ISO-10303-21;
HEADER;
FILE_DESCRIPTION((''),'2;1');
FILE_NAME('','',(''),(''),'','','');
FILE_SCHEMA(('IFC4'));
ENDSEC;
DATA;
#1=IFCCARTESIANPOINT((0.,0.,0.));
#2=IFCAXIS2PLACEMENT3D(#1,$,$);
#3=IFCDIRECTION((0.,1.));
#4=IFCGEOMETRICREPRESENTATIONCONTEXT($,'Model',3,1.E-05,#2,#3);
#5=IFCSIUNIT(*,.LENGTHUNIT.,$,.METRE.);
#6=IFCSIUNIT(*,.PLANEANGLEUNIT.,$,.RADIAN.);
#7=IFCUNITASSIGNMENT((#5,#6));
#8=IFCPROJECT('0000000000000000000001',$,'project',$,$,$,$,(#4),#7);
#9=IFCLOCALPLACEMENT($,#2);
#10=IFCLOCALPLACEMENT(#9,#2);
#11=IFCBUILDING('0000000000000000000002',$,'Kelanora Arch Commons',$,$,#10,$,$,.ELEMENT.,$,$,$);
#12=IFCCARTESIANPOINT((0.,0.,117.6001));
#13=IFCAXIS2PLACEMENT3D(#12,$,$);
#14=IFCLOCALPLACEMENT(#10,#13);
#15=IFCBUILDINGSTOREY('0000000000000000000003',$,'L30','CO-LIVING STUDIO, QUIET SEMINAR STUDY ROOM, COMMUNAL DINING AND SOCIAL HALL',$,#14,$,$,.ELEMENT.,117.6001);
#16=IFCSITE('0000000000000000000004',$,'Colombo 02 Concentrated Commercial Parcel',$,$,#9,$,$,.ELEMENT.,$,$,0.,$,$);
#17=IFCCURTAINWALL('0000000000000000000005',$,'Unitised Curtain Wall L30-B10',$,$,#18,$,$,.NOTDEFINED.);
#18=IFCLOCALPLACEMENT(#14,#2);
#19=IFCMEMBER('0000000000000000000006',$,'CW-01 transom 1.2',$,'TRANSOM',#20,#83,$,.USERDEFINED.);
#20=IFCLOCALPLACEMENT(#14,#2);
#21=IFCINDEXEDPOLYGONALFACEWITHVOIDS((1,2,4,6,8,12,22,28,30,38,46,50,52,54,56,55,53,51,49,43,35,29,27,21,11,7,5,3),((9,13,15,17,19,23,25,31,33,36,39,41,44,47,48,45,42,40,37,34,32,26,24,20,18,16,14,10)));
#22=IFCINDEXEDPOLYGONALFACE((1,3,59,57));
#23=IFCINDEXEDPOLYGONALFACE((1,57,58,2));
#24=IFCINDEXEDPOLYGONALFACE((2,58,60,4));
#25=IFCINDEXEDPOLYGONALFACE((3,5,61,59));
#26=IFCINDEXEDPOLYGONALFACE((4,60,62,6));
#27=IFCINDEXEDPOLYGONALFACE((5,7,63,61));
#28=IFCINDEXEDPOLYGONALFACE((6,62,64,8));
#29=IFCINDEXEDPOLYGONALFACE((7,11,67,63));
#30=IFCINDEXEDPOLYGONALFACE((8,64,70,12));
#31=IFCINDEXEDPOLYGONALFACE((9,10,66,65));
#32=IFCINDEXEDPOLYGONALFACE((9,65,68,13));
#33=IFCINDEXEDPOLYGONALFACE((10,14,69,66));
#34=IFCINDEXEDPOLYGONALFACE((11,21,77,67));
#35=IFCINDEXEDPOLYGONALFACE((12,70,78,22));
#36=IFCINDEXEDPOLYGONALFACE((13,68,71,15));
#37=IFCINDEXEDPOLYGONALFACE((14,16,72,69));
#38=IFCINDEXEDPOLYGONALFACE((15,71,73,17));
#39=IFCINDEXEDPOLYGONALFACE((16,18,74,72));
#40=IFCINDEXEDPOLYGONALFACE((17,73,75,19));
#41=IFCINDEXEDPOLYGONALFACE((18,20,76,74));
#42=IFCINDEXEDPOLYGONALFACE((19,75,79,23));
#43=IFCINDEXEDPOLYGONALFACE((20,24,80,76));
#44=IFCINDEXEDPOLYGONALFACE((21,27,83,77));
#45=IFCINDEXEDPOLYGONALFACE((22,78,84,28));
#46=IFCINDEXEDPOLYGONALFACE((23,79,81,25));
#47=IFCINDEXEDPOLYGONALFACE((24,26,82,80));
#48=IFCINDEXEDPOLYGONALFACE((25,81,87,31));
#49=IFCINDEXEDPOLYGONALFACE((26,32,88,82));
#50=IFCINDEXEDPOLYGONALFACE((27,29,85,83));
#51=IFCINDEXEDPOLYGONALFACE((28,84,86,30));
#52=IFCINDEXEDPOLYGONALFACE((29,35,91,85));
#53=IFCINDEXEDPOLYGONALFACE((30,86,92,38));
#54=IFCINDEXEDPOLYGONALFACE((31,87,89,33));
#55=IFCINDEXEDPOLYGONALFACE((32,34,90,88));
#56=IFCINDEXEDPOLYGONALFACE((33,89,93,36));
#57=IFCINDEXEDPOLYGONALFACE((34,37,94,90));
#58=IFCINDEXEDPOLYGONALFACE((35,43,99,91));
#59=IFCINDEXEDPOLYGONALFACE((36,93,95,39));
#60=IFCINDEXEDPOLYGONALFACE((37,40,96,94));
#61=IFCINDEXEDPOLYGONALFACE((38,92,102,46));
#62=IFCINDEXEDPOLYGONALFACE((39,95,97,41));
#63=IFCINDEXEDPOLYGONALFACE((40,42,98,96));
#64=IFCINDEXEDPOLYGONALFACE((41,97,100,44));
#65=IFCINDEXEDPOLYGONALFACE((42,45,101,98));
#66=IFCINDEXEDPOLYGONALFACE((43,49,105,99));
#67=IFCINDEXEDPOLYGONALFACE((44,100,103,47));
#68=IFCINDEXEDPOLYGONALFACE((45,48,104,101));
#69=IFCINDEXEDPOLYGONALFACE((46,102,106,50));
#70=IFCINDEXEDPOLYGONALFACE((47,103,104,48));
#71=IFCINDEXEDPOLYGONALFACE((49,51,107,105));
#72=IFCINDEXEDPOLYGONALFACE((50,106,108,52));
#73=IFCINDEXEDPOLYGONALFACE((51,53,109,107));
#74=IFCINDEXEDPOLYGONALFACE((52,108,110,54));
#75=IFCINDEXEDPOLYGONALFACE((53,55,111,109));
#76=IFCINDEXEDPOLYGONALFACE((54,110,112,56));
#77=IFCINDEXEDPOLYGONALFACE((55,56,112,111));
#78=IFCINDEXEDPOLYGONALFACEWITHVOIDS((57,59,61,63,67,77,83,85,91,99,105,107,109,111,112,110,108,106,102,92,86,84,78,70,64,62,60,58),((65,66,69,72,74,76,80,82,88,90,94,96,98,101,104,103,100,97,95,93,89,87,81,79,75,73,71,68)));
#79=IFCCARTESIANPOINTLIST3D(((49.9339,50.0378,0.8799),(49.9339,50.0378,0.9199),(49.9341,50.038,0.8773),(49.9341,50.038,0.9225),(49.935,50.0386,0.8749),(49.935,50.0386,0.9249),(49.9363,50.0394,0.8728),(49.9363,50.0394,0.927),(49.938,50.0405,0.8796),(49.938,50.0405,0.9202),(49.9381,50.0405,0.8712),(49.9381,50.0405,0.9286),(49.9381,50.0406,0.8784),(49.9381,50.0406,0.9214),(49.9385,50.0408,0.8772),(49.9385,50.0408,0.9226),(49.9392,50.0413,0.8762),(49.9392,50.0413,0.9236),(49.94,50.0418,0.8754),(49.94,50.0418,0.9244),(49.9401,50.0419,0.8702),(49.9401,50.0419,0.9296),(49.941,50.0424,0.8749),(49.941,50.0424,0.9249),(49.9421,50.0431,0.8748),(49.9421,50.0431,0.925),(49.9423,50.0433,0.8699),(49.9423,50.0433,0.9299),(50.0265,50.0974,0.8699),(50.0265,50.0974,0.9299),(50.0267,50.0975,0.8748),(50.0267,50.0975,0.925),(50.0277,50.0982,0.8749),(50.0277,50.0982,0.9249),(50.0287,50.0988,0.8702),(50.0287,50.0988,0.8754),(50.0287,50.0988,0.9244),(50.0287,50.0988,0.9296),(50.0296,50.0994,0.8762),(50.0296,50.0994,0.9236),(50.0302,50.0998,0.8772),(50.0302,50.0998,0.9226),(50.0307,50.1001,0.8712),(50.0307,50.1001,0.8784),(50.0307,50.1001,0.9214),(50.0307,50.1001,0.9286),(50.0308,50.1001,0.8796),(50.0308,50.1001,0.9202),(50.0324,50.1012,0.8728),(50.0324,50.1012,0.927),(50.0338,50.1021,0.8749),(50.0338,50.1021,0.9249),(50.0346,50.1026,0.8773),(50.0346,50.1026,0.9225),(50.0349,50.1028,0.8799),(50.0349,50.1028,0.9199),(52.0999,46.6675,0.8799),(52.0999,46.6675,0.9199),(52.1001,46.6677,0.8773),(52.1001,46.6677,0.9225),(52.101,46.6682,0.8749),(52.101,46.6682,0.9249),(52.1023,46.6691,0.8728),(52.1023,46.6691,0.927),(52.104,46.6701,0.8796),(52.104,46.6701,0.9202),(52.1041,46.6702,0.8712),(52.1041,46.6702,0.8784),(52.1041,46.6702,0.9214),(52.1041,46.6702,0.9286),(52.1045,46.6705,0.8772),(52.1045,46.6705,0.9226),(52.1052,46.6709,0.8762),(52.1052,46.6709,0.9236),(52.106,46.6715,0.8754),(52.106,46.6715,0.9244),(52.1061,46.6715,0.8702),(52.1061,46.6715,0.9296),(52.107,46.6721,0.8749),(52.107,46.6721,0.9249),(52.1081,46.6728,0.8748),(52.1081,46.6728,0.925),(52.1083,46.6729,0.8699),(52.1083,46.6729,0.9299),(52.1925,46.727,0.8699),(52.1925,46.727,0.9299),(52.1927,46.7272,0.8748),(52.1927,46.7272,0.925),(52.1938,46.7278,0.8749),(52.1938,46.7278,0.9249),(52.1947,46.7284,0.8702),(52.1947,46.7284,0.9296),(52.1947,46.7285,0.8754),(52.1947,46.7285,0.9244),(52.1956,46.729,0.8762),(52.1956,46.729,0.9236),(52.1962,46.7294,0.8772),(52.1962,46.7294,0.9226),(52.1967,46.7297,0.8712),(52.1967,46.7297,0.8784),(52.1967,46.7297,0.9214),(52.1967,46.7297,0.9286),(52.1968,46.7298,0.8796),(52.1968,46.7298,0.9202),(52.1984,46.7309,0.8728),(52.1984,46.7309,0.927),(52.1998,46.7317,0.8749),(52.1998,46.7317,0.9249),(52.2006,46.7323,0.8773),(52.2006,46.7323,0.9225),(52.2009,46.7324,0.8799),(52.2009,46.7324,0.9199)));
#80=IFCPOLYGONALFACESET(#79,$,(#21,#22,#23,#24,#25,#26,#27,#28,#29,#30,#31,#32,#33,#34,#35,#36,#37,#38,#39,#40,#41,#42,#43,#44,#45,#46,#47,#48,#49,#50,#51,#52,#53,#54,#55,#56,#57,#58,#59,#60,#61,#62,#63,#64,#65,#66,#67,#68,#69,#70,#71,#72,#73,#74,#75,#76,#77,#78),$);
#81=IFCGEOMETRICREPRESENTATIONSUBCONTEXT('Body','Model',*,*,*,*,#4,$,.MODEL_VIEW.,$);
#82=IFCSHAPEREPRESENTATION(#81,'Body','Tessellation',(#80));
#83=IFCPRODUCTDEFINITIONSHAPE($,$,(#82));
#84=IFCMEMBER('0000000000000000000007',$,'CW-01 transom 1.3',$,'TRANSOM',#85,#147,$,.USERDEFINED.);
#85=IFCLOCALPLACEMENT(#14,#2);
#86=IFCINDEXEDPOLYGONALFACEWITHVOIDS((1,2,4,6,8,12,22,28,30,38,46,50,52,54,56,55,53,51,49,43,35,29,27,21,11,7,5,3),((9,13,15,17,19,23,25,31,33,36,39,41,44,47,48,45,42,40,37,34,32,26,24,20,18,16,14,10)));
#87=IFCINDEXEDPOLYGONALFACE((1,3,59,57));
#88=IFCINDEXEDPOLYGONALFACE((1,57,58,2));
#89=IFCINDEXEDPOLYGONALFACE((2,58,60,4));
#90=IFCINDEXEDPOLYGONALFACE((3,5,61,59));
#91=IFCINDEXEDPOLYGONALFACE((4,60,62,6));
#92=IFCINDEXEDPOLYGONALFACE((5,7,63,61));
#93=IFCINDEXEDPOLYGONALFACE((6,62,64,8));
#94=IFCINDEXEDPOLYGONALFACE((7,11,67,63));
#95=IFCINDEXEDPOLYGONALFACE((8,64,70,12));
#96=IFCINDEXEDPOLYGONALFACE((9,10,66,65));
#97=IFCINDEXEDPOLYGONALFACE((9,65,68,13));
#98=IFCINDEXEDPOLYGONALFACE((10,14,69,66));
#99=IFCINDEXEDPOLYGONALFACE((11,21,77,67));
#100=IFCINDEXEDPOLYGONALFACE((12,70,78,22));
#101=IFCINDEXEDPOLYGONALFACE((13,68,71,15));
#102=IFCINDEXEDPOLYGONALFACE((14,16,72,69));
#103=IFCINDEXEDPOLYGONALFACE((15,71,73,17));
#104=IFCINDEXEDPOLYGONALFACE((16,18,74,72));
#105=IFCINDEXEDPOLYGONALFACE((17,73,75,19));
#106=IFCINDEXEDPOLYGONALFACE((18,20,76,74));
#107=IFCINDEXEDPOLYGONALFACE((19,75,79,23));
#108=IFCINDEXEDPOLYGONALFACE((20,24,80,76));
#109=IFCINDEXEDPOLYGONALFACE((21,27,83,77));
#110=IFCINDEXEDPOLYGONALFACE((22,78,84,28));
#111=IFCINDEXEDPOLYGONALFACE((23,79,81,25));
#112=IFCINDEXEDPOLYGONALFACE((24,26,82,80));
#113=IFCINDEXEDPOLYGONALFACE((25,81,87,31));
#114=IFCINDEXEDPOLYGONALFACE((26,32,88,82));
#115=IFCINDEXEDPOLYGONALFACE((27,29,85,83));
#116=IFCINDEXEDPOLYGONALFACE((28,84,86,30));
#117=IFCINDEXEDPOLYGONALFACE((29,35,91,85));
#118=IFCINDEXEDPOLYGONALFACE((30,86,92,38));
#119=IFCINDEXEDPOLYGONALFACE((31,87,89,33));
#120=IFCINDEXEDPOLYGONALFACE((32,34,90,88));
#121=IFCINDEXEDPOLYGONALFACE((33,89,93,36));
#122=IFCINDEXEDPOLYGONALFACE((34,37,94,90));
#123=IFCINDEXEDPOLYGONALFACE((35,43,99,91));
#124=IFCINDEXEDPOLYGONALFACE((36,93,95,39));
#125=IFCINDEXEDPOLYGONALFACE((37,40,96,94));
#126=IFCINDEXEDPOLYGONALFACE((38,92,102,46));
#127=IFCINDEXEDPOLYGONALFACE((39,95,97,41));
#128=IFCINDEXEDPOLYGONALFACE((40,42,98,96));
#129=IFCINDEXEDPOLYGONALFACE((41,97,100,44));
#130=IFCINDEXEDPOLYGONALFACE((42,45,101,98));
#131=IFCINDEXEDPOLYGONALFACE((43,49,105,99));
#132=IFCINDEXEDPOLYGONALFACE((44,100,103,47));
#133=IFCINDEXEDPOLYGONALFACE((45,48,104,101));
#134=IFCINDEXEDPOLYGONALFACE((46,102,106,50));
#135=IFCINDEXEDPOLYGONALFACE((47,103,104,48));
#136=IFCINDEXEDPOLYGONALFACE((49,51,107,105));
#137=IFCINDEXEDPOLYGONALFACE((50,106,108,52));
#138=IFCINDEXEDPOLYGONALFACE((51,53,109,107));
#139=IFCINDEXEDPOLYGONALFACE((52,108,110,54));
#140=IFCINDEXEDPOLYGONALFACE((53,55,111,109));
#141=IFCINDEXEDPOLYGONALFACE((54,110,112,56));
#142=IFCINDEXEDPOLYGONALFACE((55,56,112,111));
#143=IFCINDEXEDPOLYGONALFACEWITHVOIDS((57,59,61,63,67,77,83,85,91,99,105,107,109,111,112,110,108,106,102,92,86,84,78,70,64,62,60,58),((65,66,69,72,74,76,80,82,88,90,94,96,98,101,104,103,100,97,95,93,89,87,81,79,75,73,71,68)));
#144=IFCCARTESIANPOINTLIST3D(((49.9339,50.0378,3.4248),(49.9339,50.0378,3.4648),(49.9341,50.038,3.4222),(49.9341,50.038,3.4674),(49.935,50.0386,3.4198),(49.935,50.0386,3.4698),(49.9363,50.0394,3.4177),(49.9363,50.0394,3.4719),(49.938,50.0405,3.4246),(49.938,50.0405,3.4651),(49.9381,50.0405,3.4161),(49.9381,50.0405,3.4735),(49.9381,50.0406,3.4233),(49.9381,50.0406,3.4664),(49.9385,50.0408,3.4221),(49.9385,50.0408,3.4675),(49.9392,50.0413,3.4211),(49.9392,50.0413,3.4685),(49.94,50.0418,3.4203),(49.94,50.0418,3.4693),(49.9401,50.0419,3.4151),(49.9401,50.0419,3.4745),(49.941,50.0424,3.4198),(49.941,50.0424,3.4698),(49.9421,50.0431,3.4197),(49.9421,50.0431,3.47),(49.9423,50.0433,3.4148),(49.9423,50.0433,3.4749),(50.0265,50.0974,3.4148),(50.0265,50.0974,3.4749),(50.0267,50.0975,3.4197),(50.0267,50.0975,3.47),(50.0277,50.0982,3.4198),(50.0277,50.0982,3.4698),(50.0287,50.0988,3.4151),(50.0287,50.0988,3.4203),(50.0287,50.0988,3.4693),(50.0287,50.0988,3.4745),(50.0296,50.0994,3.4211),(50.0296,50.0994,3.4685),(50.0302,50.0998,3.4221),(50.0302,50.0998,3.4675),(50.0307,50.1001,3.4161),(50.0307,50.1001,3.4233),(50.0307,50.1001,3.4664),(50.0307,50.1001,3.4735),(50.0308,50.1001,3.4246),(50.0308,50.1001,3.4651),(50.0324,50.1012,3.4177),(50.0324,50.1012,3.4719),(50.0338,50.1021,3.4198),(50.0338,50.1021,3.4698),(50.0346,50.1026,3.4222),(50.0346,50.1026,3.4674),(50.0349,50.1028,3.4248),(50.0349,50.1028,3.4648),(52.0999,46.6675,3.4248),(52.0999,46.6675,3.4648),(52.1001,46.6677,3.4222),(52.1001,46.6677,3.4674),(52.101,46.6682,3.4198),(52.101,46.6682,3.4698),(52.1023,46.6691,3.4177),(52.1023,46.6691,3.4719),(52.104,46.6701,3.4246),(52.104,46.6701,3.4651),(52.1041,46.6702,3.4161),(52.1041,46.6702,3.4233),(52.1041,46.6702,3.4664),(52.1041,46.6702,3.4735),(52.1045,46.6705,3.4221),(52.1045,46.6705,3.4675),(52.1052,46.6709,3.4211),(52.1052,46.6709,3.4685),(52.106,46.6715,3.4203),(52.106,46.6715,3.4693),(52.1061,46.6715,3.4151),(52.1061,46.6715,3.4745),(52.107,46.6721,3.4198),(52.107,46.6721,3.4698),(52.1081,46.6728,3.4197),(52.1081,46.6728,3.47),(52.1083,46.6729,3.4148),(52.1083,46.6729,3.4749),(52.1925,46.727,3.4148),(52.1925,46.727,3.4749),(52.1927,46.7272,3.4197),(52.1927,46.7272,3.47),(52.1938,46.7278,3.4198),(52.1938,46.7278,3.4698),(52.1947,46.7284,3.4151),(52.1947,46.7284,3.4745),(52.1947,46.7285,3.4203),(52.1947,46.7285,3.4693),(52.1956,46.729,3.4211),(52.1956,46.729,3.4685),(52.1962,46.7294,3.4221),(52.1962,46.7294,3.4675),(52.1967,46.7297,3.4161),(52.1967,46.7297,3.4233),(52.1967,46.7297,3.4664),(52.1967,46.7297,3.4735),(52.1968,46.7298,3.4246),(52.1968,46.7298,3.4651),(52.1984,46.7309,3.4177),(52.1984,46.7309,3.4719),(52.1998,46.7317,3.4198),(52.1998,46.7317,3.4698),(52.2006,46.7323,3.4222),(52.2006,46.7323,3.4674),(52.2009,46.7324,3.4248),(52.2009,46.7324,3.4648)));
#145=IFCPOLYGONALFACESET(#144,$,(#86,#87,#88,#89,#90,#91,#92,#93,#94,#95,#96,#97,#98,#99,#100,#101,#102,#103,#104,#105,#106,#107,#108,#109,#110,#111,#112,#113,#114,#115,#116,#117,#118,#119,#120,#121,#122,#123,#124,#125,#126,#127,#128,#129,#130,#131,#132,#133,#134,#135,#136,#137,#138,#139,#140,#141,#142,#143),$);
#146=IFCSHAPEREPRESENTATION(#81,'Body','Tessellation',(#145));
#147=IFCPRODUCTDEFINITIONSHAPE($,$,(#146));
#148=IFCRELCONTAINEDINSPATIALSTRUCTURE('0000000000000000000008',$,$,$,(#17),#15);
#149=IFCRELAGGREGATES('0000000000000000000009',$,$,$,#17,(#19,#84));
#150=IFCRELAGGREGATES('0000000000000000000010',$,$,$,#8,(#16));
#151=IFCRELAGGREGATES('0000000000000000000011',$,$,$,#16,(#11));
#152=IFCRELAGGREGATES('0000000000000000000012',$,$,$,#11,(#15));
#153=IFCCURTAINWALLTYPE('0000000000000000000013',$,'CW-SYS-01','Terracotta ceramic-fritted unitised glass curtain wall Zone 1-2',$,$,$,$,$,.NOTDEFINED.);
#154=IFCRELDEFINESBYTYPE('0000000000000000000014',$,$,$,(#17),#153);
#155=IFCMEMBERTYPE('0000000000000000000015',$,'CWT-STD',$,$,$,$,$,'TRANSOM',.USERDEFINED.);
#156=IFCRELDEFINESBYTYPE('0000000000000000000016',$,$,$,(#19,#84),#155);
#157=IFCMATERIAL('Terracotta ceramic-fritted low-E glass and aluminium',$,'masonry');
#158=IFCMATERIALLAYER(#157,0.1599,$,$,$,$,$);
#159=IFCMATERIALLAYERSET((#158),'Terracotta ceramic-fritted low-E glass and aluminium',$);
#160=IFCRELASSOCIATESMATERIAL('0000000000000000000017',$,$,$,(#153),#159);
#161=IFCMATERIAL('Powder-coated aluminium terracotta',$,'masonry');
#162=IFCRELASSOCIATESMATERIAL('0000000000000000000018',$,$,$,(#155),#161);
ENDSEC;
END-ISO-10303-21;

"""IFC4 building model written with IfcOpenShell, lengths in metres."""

from ifc_helpers import new_model, si_unit, direction, frame, origin, origin_2d, place, context, subcontext, project, spatial, hollow_rectangle, extrude, material, layer, layer_set, material_profile, profile_set, type_object, element, aggregate, save


model = new_model("IFC4")

# Units and contexts
model_context = context("Model", 3, precision=1e-05, world=origin(), true_north=direction((0.0, 1.0)))
body_context = subcontext(model_context, "Body", "Model", "MODEL_VIEW")
ifc_project = project(units=[si_unit("LENGTHUNIT", "METRE"), si_unit("PLANEANGLEUNIT", "RADIAN")], contexts=[model_context])

# Site, building, storey
site_placement = place(None, origin())
site = spatial("IfcSite", under=ifc_project, at=site_placement, Name="Colombo 02 Concentrated Commercial Parcel", CompositionType="ELEMENT", RefElevation=0.0)
building_placement = place(site_placement, origin())
building = spatial("IfcBuilding", under=site, at=building_placement, Name="Kelanora Arch Commons", CompositionType="ELEMENT")
storey_placement = place(building_placement, frame((0.0, 0.0, 117.6001)))
storey = spatial("IfcBuildingStorey", under=building, at=storey_placement, Name="L30", Description="CO-LIVING STUDIO, QUIET SEMINAR STUDY ROOM, COMMUNAL DINING AND SOCIAL HALL", CompositionType="ELEMENT", Elevation=117.6001)

# Curtain wall, members
ifc_material_1 = material(Name="Terracotta ceramic-fritted low-E glass and aluminium", Category="masonry")
ifc_layer_1 = layer(ifc_material_1, 0.1599)
ifc_layer_set_1 = layer_set([ifc_layer_1], Name="Terracotta ceramic-fritted low-E glass and aluminium")
curtain_wall_type = type_object("IfcCurtainWallType", Name="CW-SYS-01", Description="Terracotta ceramic-fritted unitised glass curtain wall Zone 1-2", PredefinedType="NOTDEFINED", material=ifc_layer_set_1)
curtain_wall_placement = place(storey_placement, origin())
curtain_wall = element("IfcCurtainWall", 1, at=curtain_wall_placement, inside=storey, type_object=curtain_wall_type, Name="Unitised Curtain Wall L30-B10", PredefinedType="NOTDEFINED")
ifc_material_2 = material(Name="Powder-coated aluminium terracotta", Category="masonry")
ifc_material_profile_1 = material_profile(ifc_material_2, hollow_rectangle(XDim=0.1201, YDim=0.0601, WallThickness=0.0049, InnerFilletRadius=0.0049, OuterFilletRadius=0.01, at=origin_2d()), Name="CWT120x60")
ifc_profile_set_1 = profile_set([ifc_material_profile_1], Name="Powder-coated aluminium terracotta")
member_type_1 = type_object("IfcMemberType", Name="CWT-STD", ElementType="TRANSOM", PredefinedType="USERDEFINED", material=ifc_profile_set_1)
member_1_placement = place(storey_placement, frame((49.9844, 50.0703, 0.8999), z_axis=(0.540644, -0.841252, 0.0), x_axis=(0.841252, 0.540644, 0.0)))
member_1 = element("IfcMember", 2, at=member_1_placement, type_object=member_type_1, Name="CW-01 transom 1.2", ObjectType="TRANSOM", PredefinedType="USERDEFINED", context=body_context, shape_type="SweptSolid", body=[
    extrude(hollow_rectangle(XDim=0.1201, YDim=0.0601, WallThickness=0.0049, InnerFilletRadius=0.0049, OuterFilletRadius=0.01, at=origin_2d()), origin(), (0.0, 0.0, 1.0), 4.0063),
])
member_2_placement = place(storey_placement, frame((49.9844, 50.0703, 3.4448), z_axis=(0.540644, -0.841252, 0.0), x_axis=(0.841252, 0.540644, 0.0)))
member_2 = element("IfcMember", 3, at=member_2_placement, type_object=member_type_1, Name="CW-01 transom 1.3", ObjectType="TRANSOM", PredefinedType="USERDEFINED", context=body_context, shape_type="SweptSolid", body=[
    extrude(hollow_rectangle(XDim=0.1201, YDim=0.0601, WallThickness=0.0049, InnerFilletRadius=0.0049, OuterFilletRadius=0.01, at=origin_2d()), origin(), (0.0, 0.0, 1.0), 4.0063),
])

aggregate(curtain_wall, [member_1, member_2])

save(model, "model.ifc")
